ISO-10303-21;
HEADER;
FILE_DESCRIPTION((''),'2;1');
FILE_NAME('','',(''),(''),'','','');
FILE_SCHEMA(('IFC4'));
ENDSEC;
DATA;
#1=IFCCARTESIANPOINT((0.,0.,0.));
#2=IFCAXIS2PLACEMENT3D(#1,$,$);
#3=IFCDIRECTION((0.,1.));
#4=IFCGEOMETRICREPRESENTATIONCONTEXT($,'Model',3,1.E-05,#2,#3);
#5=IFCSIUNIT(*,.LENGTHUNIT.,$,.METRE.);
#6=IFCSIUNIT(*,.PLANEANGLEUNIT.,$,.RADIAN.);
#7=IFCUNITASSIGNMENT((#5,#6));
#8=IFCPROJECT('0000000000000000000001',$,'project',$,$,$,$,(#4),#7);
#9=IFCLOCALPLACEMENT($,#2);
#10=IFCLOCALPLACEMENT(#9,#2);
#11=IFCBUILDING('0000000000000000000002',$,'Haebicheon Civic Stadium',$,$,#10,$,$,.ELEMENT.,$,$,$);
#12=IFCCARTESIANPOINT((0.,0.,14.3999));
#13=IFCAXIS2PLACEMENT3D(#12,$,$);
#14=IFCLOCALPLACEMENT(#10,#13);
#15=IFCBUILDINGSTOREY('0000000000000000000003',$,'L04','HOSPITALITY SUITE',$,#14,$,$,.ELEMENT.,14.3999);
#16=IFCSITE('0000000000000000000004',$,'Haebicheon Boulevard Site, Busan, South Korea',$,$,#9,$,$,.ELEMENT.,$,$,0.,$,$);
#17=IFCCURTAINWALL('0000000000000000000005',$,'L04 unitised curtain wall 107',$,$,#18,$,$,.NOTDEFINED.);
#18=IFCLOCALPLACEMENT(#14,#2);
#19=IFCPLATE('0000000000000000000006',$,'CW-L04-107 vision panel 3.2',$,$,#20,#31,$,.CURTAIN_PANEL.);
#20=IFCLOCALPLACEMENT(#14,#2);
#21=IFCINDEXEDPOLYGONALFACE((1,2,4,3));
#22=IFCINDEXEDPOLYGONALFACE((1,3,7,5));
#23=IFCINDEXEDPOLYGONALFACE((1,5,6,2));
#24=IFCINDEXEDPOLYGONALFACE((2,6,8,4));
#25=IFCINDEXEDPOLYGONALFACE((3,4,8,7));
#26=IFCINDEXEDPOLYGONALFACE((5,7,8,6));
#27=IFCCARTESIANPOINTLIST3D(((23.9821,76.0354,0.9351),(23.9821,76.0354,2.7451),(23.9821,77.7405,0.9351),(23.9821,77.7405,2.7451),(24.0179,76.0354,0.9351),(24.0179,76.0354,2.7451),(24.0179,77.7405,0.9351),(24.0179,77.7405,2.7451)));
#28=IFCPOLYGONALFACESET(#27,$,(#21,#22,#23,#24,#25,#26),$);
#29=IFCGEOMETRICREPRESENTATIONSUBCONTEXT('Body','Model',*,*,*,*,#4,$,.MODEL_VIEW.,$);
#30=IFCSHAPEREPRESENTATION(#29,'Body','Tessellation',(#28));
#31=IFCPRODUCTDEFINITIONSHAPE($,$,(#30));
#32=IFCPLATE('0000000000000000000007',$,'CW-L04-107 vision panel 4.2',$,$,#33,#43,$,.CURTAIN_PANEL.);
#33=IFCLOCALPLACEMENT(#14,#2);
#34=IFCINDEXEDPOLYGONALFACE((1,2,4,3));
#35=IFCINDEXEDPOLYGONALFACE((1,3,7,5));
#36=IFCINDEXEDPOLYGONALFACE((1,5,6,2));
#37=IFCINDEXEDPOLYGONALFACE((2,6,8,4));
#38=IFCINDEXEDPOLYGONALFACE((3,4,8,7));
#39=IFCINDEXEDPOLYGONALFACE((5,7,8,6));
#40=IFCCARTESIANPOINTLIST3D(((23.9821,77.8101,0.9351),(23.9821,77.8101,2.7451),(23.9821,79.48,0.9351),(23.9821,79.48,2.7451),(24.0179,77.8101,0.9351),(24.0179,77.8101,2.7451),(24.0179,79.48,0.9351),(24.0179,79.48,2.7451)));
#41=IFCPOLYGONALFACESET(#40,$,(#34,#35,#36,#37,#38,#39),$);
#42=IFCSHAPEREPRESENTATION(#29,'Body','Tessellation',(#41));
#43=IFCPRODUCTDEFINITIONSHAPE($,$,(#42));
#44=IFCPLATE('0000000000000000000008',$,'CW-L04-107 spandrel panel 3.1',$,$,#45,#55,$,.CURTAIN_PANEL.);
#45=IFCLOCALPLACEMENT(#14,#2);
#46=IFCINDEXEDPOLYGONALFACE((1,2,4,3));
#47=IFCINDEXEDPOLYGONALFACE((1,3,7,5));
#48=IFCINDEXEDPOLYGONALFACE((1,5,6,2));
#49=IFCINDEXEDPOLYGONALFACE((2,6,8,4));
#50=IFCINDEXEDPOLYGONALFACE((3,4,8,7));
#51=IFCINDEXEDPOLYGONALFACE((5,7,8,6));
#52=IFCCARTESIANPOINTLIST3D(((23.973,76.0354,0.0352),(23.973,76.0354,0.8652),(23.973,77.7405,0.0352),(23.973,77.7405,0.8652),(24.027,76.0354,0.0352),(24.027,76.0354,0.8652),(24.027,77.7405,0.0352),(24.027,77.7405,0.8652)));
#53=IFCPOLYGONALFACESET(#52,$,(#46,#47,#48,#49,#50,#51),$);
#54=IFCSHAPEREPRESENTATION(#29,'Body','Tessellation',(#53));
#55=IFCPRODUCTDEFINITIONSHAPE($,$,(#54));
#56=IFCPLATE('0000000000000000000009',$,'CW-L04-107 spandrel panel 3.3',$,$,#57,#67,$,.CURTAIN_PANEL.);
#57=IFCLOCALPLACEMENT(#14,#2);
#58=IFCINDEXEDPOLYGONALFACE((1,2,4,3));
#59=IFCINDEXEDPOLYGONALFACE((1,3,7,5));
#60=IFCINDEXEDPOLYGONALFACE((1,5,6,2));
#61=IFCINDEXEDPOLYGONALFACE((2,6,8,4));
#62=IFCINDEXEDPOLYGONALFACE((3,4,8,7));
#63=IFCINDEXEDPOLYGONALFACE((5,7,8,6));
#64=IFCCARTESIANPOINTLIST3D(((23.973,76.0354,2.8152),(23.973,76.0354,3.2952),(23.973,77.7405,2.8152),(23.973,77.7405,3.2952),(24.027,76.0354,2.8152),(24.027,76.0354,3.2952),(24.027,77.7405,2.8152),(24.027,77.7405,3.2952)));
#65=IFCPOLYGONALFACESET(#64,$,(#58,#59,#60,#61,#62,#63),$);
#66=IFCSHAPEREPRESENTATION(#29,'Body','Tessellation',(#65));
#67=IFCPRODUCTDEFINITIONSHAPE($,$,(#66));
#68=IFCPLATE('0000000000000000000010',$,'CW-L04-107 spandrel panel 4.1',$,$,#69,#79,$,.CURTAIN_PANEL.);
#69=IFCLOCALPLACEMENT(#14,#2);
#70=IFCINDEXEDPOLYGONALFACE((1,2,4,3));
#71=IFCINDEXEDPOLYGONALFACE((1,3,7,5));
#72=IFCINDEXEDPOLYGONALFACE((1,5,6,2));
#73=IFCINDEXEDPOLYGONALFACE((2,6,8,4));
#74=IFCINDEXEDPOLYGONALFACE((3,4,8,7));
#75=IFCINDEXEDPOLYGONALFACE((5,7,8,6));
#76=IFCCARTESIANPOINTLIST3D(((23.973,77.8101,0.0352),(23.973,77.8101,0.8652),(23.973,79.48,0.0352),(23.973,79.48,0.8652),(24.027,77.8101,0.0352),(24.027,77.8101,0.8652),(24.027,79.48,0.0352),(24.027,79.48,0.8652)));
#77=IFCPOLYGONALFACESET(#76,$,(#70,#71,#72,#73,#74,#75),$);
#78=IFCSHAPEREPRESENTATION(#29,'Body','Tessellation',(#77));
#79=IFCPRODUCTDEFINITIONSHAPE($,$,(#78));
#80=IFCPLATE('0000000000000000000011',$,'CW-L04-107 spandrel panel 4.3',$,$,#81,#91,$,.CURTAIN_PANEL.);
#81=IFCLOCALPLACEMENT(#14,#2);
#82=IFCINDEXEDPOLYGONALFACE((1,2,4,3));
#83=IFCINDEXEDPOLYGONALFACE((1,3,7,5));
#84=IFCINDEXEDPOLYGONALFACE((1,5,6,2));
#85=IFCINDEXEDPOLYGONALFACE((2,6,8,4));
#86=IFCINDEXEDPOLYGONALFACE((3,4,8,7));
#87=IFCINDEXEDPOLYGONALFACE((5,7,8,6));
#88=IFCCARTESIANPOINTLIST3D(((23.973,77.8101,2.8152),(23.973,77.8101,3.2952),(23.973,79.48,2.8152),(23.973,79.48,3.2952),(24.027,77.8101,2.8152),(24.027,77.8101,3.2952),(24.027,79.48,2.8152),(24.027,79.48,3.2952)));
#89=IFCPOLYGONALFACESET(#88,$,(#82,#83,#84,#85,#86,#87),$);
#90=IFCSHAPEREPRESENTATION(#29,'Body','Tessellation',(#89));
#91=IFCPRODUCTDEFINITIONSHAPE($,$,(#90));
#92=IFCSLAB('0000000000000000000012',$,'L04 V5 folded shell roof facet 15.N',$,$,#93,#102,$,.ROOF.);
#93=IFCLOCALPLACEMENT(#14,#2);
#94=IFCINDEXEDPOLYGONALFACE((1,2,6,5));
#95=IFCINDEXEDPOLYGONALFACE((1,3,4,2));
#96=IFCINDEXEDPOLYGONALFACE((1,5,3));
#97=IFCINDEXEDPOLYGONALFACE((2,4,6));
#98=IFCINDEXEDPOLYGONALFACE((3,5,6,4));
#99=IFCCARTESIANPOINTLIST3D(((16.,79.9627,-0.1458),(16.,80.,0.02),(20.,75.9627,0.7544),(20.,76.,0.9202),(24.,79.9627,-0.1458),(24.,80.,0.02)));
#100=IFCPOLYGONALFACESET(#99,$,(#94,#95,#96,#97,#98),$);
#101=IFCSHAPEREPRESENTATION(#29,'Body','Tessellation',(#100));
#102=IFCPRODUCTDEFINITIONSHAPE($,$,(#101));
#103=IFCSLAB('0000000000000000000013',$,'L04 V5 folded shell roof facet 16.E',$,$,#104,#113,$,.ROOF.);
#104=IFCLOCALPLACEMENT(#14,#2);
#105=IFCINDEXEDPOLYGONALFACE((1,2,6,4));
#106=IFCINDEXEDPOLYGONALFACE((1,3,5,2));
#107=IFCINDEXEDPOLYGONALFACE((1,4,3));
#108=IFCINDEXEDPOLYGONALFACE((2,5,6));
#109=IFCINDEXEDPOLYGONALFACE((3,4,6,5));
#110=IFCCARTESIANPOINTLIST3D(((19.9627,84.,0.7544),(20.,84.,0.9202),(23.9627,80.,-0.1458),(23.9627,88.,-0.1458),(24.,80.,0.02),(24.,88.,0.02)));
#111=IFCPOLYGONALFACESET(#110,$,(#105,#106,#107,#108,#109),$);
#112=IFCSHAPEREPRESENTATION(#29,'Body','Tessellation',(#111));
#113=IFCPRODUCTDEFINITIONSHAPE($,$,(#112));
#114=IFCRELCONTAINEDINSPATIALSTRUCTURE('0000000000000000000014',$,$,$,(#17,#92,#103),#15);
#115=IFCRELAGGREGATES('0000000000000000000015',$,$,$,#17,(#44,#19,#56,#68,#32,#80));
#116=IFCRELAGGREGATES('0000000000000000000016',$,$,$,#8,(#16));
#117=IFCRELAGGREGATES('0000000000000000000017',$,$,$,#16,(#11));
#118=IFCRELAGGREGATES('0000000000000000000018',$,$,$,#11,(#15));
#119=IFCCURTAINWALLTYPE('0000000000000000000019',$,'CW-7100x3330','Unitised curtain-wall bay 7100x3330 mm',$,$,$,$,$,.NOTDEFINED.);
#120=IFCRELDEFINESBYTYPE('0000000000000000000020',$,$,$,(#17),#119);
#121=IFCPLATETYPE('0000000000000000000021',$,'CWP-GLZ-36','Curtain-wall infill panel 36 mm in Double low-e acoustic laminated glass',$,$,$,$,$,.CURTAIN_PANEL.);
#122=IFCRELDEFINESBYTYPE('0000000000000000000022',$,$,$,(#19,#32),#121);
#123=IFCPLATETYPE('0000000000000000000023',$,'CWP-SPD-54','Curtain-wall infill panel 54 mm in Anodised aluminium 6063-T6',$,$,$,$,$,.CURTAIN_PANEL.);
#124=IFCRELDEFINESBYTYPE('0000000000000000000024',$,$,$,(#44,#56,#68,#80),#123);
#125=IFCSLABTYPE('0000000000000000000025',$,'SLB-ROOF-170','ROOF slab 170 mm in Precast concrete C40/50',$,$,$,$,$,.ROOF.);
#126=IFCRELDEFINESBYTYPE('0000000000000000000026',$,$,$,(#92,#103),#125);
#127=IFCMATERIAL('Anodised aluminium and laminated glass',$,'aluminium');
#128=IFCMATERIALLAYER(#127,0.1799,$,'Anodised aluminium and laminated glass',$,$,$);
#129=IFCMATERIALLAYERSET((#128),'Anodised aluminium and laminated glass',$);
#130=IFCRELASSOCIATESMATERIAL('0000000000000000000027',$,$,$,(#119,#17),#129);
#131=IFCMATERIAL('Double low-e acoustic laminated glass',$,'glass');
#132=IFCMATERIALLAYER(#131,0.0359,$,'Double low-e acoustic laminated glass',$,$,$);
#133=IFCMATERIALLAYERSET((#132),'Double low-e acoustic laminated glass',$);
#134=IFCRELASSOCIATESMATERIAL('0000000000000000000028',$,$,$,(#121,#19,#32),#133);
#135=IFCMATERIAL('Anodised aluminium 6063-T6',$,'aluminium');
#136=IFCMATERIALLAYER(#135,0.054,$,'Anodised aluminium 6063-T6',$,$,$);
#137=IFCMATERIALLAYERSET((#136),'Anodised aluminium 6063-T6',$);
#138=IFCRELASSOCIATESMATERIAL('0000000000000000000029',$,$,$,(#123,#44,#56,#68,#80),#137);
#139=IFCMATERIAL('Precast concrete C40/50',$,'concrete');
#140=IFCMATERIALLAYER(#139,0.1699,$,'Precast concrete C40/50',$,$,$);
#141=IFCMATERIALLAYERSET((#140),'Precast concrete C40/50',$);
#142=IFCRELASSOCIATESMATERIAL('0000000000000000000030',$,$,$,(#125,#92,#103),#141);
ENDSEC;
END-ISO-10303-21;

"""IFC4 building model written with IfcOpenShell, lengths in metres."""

from ifc_helpers import new_model, si_unit, direction, frame, origin, origin_2d, place, context, subcontext, project, spatial, polyline, rectangle, outline, extrude, material, layer, layer_set, type_object, element, aggregate, save


model = new_model("IFC4")

# Units and contexts
model_context = context("Model", 3, precision=1e-05, world=origin(), true_north=direction((0.0, 1.0)))
body_context = subcontext(model_context, "Body", "Model", "MODEL_VIEW")
ifc_project = project(units=[si_unit("LENGTHUNIT", "METRE"), si_unit("PLANEANGLEUNIT", "RADIAN")], contexts=[model_context])

# Site, building, storey
site_placement = place(None, origin())
site = spatial("IfcSite", under=ifc_project, at=site_placement, Name="Haebicheon Boulevard Site, Busan, South Korea", CompositionType="ELEMENT", RefElevation=0.0)
building_placement = place(site_placement, origin())
building = spatial("IfcBuilding", under=site, at=building_placement, Name="Haebicheon Civic Stadium", CompositionType="ELEMENT")
storey_placement = place(building_placement, frame((0.0, 0.0, 14.3999)))
storey = spatial("IfcBuildingStorey", under=building, at=storey_placement, Name="L04", Description="HOSPITALITY SUITE", CompositionType="ELEMENT", Elevation=14.3999)

# Curtain wall
ifc_material_1 = material(Name="Anodised aluminium and laminated glass", Category="aluminium")
ifc_layer_1 = layer(ifc_material_1, 0.1799, Name="Anodised aluminium and laminated glass")
ifc_layer_set_1 = layer_set([ifc_layer_1], Name="Anodised aluminium and laminated glass")
curtain_wall_type = type_object("IfcCurtainWallType", Name="CW-7100x3330", Description="Unitised curtain-wall bay 7100x3330 mm", PredefinedType="NOTDEFINED", material=ifc_layer_set_1)
curtain_wall_placement = place(storey_placement, origin())
curtain_wall = element("IfcCurtainWall", 1, at=curtain_wall_placement, inside=storey, type_object=curtain_wall_type, material=ifc_layer_set_1, Name="L04 unitised curtain wall 107", PredefinedType="NOTDEFINED")

# Plates
ifc_material_2 = material(Name="Double low-e acoustic laminated glass", Category="glass")
ifc_layer_2 = layer(ifc_material_2, 0.0359, Name="Double low-e acoustic laminated glass")
ifc_layer_set_2 = layer_set([ifc_layer_2], Name="Double low-e acoustic laminated glass")
plate_type_1 = type_object("IfcPlateType", Name="CWP-GLZ-36", Description="Curtain-wall infill panel 36 mm in Double low-e acoustic laminated glass", PredefinedType="CURTAIN_PANEL", material=ifc_layer_set_2)
plate_1_placement = place(storey_placement, frame((24.0, 76.8879, 0.9351), z_axis=(0.0, 0.0, 1.0), x_axis=(0.0, 1.0, 0.0)))
plate_1 = element("IfcPlate", 2, at=plate_1_placement, type_object=plate_type_1, material=ifc_layer_set_2, Name="CW-L04-107 vision panel 3.2", PredefinedType="CURTAIN_PANEL", context=body_context, shape_type="SweptSolid", body=[
    extrude(rectangle(XDim=1.7051, YDim=0.0359, at=origin_2d()), origin(), (0.0, 0.0, 1.0), 1.8101),
])
plate_2_placement = place(storey_placement, frame((24.0, 78.645, 0.9351), z_axis=(0.0, 0.0, 1.0), x_axis=(0.0, 1.0, 0.0)))
plate_2 = element("IfcPlate", 3, at=plate_2_placement, type_object=plate_type_1, material=ifc_layer_set_2, Name="CW-L04-107 vision panel 4.2", PredefinedType="CURTAIN_PANEL", context=body_context, shape_type="SweptSolid", body=[
    extrude(rectangle(XDim=1.6699, YDim=0.0359, at=origin_2d()), origin(), (0.0, 0.0, 1.0), 1.8101),
])
ifc_material_3 = material(Name="Anodised aluminium 6063-T6", Category="aluminium")
ifc_layer_3 = layer(ifc_material_3, 0.054, Name="Anodised aluminium 6063-T6")
ifc_layer_set_3 = layer_set([ifc_layer_3], Name="Anodised aluminium 6063-T6")
plate_type_2 = type_object("IfcPlateType", Name="CWP-SPD-54", Description="Curtain-wall infill panel 54 mm in Anodised aluminium 6063-T6", PredefinedType="CURTAIN_PANEL", material=ifc_layer_set_3)
plate_3_placement = place(storey_placement, frame((24.0, 76.8879, 0.0352), z_axis=(0.0, 0.0, 1.0), x_axis=(0.0, 1.0, 0.0)))
plate_3 = element("IfcPlate", 4, at=plate_3_placement, type_object=plate_type_2, material=ifc_layer_set_3, Name="CW-L04-107 spandrel panel 3.1", PredefinedType="CURTAIN_PANEL", context=body_context, shape_type="SweptSolid", body=[
    extrude(rectangle(XDim=1.7051, YDim=0.054, at=origin_2d()), origin(), (0.0, 0.0, 1.0), 0.8301),
])
plate_4_placement = place(storey_placement, frame((24.0, 76.8879, 2.8152), z_axis=(0.0, 0.0, 1.0), x_axis=(0.0, 1.0, 0.0)))
plate_4 = element("IfcPlate", 5, at=plate_4_placement, type_object=plate_type_2, material=ifc_layer_set_3, Name="CW-L04-107 spandrel panel 3.3", PredefinedType="CURTAIN_PANEL", context=body_context, shape_type="SweptSolid", body=[
    extrude(rectangle(XDim=1.7051, YDim=0.054, at=origin_2d()), origin(), (0.0, 0.0, 1.0), 0.48),
])
plate_5_placement = place(storey_placement, frame((24.0, 78.645, 0.0352), z_axis=(0.0, 0.0, 1.0), x_axis=(0.0, 1.0, 0.0)))
plate_5 = element("IfcPlate", 6, at=plate_5_placement, type_object=plate_type_2, material=ifc_layer_set_3, Name="CW-L04-107 spandrel panel 4.1", PredefinedType="CURTAIN_PANEL", context=body_context, shape_type="SweptSolid", body=[
    extrude(rectangle(XDim=1.6699, YDim=0.054, at=origin_2d()), origin(), (0.0, 0.0, 1.0), 0.8301),
])
plate_6_placement = place(storey_placement, frame((24.0, 78.645, 2.8152), z_axis=(0.0, 0.0, 1.0), x_axis=(0.0, 1.0, 0.0)))
plate_6 = element("IfcPlate", 7, at=plate_6_placement, type_object=plate_type_2, material=ifc_layer_set_3, Name="CW-L04-107 spandrel panel 4.3", PredefinedType="CURTAIN_PANEL", context=body_context, shape_type="SweptSolid", body=[
    extrude(rectangle(XDim=1.6699, YDim=0.054, at=origin_2d()), origin(), (0.0, 0.0, 1.0), 0.48),
])
aggregate(curtain_wall, [plate_3, plate_1, plate_4, plate_5, plate_2, plate_6])

# Slabs
ifc_material_4 = material(Name="Precast concrete C40/50", Category="concrete")
ifc_layer_4 = layer(ifc_material_4, 0.1699, Name="Precast concrete C40/50")
ifc_layer_set_4 = layer_set([ifc_layer_4], Name="Precast concrete C40/50")
slab_type = type_object("IfcSlabType", Name="SLB-ROOF-170", Description="ROOF slab 170 mm in Precast concrete C40/50", PredefinedType="ROOF", material=ifc_layer_set_4)
for number, where, z_axis, x_axis, name in (
    (8, (24.0, 80.0, 0.02), (0.0, 0.219546, 0.975602), (-1.0, 0.0, 0.0), "L04 V5 folded shell roof facet 15.N"),
    (9, (24.0, 80.0, 0.02), (0.219546, 0.0, 0.975602), (0.0, 1.0, 0.0), "L04 V5 folded shell roof facet 16.E"),
):
    element("IfcSlab", number, at=place(storey_placement, frame(where, z_axis=z_axis, x_axis=x_axis)), inside=storey, type_object=slab_type, material=ifc_layer_set_4, Name=name, PredefinedType="ROOF", context=body_context, shape_type="SweptSolid", body=[
        extrude(outline(polyline([(0.0, 0.0), (8.0, 0.0), (4.0, 4.1), (0.0, 0.0)])), origin(), (0.0, 0.0, -1.0), 0.1699),
    ])

save(model, "model.ifc")
